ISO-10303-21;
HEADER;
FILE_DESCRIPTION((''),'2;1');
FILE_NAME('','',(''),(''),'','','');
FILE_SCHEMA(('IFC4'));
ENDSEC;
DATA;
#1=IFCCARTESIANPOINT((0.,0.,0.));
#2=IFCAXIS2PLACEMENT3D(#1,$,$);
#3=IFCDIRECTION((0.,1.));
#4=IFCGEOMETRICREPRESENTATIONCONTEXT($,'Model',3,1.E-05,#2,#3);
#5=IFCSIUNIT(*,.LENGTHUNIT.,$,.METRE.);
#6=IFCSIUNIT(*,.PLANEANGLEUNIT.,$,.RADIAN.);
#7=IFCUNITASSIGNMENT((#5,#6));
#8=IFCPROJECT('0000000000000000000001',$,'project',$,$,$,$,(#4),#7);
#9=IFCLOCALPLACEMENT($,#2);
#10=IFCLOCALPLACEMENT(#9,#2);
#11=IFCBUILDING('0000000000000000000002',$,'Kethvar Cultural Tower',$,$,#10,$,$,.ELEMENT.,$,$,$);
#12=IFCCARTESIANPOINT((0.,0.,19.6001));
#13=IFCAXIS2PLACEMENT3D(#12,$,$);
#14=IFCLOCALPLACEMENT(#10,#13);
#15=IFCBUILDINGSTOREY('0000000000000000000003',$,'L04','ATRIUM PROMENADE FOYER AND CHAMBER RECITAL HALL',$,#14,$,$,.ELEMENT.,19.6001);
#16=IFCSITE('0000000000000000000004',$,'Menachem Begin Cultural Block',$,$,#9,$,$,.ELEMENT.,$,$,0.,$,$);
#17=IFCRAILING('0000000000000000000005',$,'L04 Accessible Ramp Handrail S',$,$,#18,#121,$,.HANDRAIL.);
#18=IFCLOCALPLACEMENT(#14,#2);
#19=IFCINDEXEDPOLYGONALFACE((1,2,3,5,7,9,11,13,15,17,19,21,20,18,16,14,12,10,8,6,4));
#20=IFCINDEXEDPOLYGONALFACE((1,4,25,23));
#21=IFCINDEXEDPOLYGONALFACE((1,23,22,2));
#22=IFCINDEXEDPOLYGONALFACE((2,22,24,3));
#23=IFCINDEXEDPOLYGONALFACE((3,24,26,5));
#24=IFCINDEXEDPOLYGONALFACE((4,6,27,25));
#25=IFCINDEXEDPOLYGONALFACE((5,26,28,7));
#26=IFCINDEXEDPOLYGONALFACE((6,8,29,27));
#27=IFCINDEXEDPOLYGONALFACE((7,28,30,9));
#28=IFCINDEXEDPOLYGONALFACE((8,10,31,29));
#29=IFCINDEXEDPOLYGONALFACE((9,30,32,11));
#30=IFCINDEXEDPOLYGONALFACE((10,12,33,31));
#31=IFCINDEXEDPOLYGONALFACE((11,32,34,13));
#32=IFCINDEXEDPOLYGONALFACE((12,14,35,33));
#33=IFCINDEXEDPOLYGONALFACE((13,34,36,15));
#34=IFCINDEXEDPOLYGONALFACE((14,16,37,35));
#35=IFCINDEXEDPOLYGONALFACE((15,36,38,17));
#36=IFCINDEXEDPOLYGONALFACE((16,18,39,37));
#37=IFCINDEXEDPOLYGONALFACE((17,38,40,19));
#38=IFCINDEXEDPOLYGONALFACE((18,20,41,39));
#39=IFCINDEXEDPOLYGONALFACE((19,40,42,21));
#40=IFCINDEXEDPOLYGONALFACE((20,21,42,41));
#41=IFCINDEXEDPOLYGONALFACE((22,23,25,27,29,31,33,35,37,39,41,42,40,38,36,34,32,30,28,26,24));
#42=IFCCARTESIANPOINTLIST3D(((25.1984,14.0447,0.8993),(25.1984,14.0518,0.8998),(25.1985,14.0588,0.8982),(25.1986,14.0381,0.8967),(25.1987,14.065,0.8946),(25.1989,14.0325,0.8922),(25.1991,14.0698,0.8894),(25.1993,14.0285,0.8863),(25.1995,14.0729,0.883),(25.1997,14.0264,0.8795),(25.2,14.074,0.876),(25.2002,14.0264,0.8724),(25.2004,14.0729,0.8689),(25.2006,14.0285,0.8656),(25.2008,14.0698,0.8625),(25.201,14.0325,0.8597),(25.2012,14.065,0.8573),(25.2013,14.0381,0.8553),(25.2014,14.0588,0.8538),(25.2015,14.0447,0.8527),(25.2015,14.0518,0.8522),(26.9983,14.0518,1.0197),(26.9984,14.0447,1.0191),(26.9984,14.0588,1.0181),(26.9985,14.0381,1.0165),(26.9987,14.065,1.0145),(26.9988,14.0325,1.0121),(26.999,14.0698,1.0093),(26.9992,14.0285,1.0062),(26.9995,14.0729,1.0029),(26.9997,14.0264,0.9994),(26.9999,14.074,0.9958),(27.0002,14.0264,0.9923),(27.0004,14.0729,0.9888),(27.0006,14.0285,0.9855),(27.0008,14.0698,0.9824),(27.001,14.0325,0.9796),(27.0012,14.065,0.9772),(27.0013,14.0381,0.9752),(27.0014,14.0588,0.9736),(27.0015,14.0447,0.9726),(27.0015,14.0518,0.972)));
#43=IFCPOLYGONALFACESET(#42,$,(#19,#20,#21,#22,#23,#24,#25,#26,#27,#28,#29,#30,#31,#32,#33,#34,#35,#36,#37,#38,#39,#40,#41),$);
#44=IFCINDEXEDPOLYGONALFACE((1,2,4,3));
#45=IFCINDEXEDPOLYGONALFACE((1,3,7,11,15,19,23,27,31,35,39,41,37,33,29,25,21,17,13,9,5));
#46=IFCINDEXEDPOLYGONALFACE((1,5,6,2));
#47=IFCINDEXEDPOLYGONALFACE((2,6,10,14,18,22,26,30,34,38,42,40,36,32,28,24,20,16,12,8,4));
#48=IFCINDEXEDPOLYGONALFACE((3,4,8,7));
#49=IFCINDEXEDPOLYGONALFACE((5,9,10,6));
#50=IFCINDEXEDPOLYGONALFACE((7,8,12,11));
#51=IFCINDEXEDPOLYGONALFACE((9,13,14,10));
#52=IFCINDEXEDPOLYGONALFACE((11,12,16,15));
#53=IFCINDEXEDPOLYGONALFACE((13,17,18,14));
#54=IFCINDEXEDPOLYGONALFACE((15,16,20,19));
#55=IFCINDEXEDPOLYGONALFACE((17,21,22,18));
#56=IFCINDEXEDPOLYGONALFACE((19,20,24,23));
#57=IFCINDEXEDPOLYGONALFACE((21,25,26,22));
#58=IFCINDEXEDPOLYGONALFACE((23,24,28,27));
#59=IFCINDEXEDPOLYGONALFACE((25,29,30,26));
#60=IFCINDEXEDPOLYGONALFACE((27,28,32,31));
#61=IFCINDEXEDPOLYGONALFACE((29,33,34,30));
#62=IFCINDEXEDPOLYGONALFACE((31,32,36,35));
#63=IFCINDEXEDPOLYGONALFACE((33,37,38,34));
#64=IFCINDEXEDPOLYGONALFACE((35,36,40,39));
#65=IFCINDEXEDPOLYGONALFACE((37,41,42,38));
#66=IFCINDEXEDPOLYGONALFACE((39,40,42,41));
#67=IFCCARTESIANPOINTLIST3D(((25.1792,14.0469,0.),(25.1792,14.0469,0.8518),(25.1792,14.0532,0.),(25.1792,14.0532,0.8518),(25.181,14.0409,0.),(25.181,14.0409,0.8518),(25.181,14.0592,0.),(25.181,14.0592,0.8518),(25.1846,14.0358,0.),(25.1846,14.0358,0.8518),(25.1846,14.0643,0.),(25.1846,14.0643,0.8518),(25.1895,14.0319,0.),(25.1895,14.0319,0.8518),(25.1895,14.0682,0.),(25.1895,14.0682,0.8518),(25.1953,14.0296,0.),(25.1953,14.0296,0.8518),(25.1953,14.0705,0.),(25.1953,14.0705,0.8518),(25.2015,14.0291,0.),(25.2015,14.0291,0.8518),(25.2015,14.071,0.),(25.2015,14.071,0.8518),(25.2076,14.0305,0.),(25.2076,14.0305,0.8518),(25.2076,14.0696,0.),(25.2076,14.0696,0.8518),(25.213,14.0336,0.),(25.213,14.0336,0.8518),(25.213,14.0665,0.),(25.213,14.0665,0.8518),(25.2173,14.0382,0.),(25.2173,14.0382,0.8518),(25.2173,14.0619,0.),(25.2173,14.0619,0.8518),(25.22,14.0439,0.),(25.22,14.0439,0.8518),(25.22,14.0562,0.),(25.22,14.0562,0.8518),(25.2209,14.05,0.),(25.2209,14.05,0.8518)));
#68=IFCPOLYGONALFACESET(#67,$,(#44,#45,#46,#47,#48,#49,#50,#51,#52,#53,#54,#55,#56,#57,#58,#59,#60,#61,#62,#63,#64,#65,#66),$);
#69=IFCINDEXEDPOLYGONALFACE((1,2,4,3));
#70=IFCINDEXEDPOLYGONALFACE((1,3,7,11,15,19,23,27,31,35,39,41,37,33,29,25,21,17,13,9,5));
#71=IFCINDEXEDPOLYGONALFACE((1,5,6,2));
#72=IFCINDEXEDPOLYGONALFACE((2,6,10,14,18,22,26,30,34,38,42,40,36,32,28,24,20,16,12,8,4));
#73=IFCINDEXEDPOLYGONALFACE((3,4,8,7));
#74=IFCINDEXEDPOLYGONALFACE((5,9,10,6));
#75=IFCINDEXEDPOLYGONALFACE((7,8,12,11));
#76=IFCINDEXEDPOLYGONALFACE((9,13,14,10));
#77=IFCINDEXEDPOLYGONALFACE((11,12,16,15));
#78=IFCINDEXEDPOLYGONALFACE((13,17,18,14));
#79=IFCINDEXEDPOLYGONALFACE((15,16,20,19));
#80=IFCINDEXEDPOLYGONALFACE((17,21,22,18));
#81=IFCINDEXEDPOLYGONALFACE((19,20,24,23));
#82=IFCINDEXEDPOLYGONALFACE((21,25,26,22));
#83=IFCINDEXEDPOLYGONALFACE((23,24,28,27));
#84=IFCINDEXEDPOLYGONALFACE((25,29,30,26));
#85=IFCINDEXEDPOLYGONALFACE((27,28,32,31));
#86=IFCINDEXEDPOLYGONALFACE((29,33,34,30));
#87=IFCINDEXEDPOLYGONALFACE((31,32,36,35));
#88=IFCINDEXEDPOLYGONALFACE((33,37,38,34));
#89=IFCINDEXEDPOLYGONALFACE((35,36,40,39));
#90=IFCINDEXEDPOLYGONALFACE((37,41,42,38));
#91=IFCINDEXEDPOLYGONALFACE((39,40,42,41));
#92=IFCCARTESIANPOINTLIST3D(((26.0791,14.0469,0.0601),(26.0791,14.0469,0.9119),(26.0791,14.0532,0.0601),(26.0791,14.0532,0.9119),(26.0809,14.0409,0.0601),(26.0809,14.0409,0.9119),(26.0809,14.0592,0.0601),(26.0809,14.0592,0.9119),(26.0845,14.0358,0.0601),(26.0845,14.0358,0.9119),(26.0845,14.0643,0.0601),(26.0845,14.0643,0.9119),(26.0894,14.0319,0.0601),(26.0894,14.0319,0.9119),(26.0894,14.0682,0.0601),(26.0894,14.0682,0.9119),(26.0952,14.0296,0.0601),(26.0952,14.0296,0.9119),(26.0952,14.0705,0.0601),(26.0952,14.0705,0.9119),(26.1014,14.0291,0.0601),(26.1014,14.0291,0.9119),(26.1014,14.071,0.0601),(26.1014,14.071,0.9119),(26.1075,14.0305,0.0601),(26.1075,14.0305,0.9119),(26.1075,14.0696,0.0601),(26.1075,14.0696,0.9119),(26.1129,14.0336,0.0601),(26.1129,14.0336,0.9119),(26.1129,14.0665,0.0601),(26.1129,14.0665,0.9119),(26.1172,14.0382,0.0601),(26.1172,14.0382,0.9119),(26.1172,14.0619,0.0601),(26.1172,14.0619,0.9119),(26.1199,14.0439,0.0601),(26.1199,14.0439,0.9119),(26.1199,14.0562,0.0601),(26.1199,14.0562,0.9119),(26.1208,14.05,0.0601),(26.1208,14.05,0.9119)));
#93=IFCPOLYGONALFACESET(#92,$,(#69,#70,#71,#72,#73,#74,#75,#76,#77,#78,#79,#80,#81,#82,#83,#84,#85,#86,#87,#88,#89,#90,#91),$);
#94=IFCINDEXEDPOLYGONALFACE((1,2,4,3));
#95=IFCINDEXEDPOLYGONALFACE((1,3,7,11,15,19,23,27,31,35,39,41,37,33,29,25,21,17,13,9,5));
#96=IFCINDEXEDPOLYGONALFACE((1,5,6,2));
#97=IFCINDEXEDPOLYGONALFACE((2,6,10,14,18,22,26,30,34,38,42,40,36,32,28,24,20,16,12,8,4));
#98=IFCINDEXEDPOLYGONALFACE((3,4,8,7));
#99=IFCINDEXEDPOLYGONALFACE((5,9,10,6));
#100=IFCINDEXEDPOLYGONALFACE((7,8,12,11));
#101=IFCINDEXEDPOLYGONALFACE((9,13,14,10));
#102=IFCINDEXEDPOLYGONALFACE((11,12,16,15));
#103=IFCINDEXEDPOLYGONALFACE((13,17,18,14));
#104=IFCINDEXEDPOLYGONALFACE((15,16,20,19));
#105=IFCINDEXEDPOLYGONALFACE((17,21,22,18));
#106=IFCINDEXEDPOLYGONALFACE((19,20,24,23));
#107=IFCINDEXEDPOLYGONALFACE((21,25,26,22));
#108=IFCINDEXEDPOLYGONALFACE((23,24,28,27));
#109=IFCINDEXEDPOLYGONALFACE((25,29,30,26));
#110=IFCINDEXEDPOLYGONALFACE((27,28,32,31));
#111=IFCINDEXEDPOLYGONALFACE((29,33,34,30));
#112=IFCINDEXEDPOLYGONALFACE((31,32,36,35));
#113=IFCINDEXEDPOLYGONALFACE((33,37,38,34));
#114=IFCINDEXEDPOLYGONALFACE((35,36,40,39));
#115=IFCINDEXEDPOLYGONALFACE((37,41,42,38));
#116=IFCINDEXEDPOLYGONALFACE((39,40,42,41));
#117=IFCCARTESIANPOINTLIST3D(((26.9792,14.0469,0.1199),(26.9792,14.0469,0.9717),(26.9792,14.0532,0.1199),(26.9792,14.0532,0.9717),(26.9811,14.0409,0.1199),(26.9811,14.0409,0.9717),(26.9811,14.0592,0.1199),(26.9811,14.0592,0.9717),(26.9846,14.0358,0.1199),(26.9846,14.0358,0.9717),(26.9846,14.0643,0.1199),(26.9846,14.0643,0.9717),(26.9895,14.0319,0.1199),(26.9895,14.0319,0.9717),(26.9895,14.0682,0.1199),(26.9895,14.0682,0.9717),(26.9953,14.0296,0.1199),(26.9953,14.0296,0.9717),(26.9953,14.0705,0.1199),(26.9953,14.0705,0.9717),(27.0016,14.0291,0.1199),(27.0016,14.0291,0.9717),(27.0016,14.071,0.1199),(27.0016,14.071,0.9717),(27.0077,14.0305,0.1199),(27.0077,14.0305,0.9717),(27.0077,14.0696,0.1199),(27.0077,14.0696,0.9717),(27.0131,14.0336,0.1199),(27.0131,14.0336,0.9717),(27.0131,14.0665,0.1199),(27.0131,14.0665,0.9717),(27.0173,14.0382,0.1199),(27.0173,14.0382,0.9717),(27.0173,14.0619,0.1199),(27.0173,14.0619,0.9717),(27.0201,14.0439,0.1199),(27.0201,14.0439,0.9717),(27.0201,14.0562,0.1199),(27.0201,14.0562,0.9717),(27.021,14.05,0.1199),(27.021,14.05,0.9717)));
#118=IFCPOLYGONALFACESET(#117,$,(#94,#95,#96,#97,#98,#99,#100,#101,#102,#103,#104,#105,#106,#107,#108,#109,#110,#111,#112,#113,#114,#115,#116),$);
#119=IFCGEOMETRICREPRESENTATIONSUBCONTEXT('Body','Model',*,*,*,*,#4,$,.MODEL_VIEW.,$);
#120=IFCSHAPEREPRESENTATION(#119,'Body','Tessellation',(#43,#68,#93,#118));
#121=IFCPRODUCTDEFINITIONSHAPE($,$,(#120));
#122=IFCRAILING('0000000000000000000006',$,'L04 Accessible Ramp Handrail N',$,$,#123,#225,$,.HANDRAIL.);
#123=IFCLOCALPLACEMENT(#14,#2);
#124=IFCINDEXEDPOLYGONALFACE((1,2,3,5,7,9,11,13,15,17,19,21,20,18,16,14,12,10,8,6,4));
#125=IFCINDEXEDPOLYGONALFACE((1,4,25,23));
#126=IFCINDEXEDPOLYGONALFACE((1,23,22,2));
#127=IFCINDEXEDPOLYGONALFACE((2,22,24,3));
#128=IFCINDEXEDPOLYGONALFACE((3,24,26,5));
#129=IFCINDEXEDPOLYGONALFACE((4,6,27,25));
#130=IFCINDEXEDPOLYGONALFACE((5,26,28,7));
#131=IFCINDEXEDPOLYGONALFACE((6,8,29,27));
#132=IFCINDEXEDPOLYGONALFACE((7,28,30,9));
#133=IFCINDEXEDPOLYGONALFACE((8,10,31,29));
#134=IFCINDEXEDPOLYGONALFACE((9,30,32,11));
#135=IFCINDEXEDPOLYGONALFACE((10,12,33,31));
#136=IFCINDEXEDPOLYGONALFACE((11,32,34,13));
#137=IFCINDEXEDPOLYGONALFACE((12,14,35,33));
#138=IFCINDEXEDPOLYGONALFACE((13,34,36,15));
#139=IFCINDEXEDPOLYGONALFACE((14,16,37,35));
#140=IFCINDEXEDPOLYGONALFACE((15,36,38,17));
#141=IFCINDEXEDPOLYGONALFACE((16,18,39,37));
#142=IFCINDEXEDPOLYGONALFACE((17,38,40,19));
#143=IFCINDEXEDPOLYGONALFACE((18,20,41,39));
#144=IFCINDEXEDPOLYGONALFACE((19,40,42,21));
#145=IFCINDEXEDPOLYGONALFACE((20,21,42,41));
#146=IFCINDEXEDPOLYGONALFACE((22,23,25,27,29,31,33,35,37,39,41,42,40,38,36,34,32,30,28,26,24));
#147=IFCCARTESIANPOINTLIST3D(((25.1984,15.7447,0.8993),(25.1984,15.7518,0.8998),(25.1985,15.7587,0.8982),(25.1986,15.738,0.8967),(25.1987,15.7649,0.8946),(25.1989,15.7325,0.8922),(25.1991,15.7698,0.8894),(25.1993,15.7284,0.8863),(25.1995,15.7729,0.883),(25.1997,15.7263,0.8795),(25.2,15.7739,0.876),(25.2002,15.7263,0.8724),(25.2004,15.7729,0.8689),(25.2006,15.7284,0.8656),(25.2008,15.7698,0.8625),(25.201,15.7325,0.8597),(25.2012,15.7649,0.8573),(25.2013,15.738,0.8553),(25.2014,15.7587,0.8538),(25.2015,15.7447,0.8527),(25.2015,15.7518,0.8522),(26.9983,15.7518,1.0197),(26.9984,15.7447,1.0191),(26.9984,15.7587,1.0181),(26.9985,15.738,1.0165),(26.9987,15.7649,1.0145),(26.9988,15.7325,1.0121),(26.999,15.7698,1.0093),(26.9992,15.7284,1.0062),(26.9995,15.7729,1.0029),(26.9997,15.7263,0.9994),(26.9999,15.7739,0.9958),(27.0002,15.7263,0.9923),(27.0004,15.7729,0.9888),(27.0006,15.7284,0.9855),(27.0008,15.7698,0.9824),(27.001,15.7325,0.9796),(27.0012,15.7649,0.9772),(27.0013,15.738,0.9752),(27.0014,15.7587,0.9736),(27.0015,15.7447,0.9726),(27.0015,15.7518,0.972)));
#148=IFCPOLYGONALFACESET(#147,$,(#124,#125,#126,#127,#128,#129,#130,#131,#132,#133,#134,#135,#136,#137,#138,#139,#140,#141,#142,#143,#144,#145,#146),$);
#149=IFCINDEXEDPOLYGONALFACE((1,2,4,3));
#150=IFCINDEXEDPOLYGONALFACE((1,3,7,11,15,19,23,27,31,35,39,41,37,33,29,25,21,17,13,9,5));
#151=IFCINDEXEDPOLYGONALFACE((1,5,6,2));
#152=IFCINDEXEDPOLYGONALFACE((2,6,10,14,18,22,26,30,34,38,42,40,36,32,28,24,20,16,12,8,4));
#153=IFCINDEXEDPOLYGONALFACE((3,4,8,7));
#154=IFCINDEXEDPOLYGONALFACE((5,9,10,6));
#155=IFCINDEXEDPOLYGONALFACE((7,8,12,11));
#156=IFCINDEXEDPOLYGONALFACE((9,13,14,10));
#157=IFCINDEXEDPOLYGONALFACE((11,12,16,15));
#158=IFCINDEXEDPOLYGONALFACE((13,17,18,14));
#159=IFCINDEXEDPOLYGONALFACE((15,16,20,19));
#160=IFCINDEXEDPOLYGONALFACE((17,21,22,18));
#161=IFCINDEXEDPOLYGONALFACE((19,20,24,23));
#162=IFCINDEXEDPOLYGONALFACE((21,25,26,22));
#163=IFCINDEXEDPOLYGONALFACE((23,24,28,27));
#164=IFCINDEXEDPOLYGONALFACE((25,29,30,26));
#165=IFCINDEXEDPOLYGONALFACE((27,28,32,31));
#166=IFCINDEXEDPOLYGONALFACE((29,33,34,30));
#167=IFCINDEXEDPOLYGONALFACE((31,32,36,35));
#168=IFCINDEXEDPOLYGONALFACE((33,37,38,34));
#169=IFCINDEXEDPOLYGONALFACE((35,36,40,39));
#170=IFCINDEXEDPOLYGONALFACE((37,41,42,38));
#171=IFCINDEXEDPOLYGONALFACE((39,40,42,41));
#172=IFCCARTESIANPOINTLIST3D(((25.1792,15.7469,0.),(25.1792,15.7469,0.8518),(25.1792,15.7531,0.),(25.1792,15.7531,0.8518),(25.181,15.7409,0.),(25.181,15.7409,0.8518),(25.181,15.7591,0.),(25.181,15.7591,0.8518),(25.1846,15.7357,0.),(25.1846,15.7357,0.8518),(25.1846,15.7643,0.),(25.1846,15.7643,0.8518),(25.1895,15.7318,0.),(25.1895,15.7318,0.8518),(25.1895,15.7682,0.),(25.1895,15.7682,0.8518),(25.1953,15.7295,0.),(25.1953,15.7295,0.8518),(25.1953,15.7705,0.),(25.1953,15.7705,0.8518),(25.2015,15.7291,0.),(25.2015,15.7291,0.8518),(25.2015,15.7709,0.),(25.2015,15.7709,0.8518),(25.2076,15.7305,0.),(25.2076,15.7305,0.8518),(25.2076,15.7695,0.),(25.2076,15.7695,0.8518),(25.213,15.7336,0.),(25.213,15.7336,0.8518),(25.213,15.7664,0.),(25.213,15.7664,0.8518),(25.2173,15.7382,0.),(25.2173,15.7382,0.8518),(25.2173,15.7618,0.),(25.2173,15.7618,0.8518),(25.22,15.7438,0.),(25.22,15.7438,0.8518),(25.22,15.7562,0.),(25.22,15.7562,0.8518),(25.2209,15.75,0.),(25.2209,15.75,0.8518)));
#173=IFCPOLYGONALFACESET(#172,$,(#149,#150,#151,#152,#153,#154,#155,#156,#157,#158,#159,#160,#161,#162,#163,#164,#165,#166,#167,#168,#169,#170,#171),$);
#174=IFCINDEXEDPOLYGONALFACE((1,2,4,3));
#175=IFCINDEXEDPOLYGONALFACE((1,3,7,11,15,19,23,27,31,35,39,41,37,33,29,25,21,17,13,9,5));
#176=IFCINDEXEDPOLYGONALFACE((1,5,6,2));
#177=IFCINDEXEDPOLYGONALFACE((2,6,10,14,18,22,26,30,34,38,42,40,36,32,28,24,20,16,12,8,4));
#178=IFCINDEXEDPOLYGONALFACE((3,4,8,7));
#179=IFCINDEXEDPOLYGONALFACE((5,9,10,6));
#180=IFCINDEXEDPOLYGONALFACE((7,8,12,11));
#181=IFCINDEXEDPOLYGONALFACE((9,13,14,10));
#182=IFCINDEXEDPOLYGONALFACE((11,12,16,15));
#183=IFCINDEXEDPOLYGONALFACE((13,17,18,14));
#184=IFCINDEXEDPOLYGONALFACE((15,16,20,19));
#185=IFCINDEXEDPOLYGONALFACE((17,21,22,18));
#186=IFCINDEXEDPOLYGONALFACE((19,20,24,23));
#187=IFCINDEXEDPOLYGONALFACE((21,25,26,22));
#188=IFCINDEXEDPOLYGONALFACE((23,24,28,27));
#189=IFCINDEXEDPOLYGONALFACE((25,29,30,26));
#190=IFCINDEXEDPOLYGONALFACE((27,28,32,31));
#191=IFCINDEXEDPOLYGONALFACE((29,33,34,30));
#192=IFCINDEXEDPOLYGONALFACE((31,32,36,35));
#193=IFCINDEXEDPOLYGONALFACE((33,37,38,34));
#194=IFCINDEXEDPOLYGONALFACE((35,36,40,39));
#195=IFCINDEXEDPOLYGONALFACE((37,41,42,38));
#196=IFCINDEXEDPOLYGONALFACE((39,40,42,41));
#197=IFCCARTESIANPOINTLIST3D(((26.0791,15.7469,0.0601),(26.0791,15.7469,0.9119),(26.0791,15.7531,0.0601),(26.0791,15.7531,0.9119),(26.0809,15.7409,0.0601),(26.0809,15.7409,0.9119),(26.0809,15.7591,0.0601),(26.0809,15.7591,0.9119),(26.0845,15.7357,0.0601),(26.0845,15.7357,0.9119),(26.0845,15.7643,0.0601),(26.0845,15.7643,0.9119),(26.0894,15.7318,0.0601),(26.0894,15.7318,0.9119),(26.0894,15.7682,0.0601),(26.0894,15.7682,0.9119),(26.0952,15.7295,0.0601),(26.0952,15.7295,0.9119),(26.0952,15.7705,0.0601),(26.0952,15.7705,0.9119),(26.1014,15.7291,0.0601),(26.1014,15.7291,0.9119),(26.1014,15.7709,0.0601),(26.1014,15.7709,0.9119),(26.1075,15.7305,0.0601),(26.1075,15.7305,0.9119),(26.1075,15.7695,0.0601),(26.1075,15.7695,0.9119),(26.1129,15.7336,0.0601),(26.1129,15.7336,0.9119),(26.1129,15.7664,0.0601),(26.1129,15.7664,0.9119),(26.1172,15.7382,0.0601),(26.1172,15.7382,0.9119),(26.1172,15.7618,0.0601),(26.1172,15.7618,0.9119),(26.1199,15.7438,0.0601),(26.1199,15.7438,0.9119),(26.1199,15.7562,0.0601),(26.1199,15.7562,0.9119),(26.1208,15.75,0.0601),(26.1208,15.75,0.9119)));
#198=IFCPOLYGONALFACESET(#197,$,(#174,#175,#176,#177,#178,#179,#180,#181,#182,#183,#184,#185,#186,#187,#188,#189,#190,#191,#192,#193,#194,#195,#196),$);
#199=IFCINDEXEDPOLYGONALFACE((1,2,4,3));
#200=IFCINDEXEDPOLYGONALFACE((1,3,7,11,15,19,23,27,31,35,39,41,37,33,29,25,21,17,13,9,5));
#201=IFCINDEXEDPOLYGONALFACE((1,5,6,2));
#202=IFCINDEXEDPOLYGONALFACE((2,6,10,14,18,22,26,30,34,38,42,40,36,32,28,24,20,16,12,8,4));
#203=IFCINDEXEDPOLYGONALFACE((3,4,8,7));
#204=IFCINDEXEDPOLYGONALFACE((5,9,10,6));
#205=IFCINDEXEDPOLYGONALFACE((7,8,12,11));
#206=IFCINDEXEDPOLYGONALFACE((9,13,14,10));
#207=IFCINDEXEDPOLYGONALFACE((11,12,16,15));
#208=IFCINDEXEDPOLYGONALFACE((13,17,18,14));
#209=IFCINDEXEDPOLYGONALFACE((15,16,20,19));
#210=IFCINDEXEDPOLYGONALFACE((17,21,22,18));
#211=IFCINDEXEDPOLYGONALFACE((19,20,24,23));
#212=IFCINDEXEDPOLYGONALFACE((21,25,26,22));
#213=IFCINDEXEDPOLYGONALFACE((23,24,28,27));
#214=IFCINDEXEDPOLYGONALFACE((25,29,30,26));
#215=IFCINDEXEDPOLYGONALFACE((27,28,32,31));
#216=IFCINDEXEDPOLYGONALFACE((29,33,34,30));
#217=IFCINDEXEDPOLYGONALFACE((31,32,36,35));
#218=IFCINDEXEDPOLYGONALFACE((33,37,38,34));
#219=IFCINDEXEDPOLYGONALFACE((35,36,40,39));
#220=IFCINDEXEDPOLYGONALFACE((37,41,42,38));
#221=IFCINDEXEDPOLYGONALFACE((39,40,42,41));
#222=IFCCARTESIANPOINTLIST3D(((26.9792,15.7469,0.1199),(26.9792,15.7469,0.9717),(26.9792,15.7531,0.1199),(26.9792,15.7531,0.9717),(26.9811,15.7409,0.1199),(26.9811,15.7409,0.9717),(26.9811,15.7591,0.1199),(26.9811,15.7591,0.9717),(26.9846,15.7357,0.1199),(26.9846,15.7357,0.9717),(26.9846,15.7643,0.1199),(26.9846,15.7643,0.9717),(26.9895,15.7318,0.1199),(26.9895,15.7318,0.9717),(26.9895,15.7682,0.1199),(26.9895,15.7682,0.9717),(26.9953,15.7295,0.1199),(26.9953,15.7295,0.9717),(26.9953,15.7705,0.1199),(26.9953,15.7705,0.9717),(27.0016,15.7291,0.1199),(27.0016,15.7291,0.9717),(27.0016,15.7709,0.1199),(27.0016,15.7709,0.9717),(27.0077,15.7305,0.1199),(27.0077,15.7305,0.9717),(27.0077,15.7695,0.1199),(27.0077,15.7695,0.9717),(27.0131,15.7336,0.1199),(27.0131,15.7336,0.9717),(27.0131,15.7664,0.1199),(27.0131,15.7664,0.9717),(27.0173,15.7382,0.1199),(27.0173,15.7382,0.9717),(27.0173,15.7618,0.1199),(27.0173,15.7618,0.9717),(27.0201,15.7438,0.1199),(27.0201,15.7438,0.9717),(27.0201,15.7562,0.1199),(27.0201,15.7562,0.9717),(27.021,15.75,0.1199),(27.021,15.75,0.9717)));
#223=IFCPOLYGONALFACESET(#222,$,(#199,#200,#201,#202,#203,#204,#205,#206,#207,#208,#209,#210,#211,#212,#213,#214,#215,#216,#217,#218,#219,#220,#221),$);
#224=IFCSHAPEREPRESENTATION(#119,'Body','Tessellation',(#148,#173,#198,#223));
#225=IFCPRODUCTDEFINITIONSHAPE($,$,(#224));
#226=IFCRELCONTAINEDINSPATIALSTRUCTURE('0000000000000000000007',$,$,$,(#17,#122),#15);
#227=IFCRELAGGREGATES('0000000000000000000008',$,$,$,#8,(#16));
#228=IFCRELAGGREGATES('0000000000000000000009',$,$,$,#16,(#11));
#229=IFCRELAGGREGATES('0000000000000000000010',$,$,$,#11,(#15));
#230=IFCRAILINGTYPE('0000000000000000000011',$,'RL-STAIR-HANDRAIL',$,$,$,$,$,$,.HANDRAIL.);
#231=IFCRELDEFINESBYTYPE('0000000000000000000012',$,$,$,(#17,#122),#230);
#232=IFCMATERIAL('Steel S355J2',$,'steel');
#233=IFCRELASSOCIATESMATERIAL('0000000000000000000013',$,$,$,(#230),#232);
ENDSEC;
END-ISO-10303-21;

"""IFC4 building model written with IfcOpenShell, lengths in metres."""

from ifc_helpers import new_model, si_unit, direction, frame, origin, origin_2d, place, context, subcontext, project, spatial, circle, extrude, material, type_object, element, save


model = new_model("IFC4")

# Units and contexts
model_context = context("Model", 3, precision=1e-05, world=origin(), true_north=direction((0.0, 1.0)))
body_context = subcontext(model_context, "Body", "Model", "MODEL_VIEW")
ifc_project = project(units=[si_unit("LENGTHUNIT", "METRE"), si_unit("PLANEANGLEUNIT", "RADIAN")], contexts=[model_context])

# Site, building, storey
site_placement = place(None, origin())
site = spatial("IfcSite", under=ifc_project, at=site_placement, Name="Menachem Begin Cultural Block", CompositionType="ELEMENT", RefElevation=0.0)
building_placement = place(site_placement, origin())
building = spatial("IfcBuilding", under=site, at=building_placement, Name="Kethvar Cultural Tower", CompositionType="ELEMENT")
storey_placement = place(building_placement, frame((0.0, 0.0, 19.6001)))
storey = spatial("IfcBuildingStorey", under=building, at=storey_placement, Name="L04", Description="ATRIUM PROMENADE FOYER AND CHAMBER RECITAL HALL", CompositionType="ELEMENT", Elevation=19.6001)

# Shared definitions
ifc_material_1 = material(Name="Steel S355J2", Category="steel")

# Railings
railing_type_1 = type_object("IfcRailingType", Name="RL-STAIR-HANDRAIL", PredefinedType="HANDRAIL", material=ifc_material_1)
for number, where, name in (
    (1, (25.2, 14.05, 0.0), "L04 Accessible Ramp Handrail S"),
    (2, (25.2, 15.75, 0.0), "L04 Accessible Ramp Handrail N"),
):
    element("IfcRailing", number, at=place(storey_placement, frame(where)), inside=storey, type_object=railing_type_1, Name=name, PredefinedType="HANDRAIL", context=body_context, shape_type="SweptSolid", body=[
        extrude(circle(Radius=0.0239, at=origin_2d()), frame((0.0, 0.0, 0.876), z_axis=(0.99779, 0.0, 0.066447), x_axis=(0.0, 1.0, 0.0)), (0.0, 0.0, 1.0), 1.804),
        extrude(circle(Radius=0.021, at=origin_2d()), origin(), (0.0, 0.0, 1.0), 0.8518),
        extrude(circle(Radius=0.021, at=origin_2d()), frame((0.8999, 0.0, 0.0601)), (0.0, 0.0, 1.0), 0.8518),
        extrude(circle(Radius=0.021, at=origin_2d()), frame((1.8, 0.0, 0.1199)), (0.0, 0.0, 1.0), 0.8518),
    ])

save(model, "model.ifc")
